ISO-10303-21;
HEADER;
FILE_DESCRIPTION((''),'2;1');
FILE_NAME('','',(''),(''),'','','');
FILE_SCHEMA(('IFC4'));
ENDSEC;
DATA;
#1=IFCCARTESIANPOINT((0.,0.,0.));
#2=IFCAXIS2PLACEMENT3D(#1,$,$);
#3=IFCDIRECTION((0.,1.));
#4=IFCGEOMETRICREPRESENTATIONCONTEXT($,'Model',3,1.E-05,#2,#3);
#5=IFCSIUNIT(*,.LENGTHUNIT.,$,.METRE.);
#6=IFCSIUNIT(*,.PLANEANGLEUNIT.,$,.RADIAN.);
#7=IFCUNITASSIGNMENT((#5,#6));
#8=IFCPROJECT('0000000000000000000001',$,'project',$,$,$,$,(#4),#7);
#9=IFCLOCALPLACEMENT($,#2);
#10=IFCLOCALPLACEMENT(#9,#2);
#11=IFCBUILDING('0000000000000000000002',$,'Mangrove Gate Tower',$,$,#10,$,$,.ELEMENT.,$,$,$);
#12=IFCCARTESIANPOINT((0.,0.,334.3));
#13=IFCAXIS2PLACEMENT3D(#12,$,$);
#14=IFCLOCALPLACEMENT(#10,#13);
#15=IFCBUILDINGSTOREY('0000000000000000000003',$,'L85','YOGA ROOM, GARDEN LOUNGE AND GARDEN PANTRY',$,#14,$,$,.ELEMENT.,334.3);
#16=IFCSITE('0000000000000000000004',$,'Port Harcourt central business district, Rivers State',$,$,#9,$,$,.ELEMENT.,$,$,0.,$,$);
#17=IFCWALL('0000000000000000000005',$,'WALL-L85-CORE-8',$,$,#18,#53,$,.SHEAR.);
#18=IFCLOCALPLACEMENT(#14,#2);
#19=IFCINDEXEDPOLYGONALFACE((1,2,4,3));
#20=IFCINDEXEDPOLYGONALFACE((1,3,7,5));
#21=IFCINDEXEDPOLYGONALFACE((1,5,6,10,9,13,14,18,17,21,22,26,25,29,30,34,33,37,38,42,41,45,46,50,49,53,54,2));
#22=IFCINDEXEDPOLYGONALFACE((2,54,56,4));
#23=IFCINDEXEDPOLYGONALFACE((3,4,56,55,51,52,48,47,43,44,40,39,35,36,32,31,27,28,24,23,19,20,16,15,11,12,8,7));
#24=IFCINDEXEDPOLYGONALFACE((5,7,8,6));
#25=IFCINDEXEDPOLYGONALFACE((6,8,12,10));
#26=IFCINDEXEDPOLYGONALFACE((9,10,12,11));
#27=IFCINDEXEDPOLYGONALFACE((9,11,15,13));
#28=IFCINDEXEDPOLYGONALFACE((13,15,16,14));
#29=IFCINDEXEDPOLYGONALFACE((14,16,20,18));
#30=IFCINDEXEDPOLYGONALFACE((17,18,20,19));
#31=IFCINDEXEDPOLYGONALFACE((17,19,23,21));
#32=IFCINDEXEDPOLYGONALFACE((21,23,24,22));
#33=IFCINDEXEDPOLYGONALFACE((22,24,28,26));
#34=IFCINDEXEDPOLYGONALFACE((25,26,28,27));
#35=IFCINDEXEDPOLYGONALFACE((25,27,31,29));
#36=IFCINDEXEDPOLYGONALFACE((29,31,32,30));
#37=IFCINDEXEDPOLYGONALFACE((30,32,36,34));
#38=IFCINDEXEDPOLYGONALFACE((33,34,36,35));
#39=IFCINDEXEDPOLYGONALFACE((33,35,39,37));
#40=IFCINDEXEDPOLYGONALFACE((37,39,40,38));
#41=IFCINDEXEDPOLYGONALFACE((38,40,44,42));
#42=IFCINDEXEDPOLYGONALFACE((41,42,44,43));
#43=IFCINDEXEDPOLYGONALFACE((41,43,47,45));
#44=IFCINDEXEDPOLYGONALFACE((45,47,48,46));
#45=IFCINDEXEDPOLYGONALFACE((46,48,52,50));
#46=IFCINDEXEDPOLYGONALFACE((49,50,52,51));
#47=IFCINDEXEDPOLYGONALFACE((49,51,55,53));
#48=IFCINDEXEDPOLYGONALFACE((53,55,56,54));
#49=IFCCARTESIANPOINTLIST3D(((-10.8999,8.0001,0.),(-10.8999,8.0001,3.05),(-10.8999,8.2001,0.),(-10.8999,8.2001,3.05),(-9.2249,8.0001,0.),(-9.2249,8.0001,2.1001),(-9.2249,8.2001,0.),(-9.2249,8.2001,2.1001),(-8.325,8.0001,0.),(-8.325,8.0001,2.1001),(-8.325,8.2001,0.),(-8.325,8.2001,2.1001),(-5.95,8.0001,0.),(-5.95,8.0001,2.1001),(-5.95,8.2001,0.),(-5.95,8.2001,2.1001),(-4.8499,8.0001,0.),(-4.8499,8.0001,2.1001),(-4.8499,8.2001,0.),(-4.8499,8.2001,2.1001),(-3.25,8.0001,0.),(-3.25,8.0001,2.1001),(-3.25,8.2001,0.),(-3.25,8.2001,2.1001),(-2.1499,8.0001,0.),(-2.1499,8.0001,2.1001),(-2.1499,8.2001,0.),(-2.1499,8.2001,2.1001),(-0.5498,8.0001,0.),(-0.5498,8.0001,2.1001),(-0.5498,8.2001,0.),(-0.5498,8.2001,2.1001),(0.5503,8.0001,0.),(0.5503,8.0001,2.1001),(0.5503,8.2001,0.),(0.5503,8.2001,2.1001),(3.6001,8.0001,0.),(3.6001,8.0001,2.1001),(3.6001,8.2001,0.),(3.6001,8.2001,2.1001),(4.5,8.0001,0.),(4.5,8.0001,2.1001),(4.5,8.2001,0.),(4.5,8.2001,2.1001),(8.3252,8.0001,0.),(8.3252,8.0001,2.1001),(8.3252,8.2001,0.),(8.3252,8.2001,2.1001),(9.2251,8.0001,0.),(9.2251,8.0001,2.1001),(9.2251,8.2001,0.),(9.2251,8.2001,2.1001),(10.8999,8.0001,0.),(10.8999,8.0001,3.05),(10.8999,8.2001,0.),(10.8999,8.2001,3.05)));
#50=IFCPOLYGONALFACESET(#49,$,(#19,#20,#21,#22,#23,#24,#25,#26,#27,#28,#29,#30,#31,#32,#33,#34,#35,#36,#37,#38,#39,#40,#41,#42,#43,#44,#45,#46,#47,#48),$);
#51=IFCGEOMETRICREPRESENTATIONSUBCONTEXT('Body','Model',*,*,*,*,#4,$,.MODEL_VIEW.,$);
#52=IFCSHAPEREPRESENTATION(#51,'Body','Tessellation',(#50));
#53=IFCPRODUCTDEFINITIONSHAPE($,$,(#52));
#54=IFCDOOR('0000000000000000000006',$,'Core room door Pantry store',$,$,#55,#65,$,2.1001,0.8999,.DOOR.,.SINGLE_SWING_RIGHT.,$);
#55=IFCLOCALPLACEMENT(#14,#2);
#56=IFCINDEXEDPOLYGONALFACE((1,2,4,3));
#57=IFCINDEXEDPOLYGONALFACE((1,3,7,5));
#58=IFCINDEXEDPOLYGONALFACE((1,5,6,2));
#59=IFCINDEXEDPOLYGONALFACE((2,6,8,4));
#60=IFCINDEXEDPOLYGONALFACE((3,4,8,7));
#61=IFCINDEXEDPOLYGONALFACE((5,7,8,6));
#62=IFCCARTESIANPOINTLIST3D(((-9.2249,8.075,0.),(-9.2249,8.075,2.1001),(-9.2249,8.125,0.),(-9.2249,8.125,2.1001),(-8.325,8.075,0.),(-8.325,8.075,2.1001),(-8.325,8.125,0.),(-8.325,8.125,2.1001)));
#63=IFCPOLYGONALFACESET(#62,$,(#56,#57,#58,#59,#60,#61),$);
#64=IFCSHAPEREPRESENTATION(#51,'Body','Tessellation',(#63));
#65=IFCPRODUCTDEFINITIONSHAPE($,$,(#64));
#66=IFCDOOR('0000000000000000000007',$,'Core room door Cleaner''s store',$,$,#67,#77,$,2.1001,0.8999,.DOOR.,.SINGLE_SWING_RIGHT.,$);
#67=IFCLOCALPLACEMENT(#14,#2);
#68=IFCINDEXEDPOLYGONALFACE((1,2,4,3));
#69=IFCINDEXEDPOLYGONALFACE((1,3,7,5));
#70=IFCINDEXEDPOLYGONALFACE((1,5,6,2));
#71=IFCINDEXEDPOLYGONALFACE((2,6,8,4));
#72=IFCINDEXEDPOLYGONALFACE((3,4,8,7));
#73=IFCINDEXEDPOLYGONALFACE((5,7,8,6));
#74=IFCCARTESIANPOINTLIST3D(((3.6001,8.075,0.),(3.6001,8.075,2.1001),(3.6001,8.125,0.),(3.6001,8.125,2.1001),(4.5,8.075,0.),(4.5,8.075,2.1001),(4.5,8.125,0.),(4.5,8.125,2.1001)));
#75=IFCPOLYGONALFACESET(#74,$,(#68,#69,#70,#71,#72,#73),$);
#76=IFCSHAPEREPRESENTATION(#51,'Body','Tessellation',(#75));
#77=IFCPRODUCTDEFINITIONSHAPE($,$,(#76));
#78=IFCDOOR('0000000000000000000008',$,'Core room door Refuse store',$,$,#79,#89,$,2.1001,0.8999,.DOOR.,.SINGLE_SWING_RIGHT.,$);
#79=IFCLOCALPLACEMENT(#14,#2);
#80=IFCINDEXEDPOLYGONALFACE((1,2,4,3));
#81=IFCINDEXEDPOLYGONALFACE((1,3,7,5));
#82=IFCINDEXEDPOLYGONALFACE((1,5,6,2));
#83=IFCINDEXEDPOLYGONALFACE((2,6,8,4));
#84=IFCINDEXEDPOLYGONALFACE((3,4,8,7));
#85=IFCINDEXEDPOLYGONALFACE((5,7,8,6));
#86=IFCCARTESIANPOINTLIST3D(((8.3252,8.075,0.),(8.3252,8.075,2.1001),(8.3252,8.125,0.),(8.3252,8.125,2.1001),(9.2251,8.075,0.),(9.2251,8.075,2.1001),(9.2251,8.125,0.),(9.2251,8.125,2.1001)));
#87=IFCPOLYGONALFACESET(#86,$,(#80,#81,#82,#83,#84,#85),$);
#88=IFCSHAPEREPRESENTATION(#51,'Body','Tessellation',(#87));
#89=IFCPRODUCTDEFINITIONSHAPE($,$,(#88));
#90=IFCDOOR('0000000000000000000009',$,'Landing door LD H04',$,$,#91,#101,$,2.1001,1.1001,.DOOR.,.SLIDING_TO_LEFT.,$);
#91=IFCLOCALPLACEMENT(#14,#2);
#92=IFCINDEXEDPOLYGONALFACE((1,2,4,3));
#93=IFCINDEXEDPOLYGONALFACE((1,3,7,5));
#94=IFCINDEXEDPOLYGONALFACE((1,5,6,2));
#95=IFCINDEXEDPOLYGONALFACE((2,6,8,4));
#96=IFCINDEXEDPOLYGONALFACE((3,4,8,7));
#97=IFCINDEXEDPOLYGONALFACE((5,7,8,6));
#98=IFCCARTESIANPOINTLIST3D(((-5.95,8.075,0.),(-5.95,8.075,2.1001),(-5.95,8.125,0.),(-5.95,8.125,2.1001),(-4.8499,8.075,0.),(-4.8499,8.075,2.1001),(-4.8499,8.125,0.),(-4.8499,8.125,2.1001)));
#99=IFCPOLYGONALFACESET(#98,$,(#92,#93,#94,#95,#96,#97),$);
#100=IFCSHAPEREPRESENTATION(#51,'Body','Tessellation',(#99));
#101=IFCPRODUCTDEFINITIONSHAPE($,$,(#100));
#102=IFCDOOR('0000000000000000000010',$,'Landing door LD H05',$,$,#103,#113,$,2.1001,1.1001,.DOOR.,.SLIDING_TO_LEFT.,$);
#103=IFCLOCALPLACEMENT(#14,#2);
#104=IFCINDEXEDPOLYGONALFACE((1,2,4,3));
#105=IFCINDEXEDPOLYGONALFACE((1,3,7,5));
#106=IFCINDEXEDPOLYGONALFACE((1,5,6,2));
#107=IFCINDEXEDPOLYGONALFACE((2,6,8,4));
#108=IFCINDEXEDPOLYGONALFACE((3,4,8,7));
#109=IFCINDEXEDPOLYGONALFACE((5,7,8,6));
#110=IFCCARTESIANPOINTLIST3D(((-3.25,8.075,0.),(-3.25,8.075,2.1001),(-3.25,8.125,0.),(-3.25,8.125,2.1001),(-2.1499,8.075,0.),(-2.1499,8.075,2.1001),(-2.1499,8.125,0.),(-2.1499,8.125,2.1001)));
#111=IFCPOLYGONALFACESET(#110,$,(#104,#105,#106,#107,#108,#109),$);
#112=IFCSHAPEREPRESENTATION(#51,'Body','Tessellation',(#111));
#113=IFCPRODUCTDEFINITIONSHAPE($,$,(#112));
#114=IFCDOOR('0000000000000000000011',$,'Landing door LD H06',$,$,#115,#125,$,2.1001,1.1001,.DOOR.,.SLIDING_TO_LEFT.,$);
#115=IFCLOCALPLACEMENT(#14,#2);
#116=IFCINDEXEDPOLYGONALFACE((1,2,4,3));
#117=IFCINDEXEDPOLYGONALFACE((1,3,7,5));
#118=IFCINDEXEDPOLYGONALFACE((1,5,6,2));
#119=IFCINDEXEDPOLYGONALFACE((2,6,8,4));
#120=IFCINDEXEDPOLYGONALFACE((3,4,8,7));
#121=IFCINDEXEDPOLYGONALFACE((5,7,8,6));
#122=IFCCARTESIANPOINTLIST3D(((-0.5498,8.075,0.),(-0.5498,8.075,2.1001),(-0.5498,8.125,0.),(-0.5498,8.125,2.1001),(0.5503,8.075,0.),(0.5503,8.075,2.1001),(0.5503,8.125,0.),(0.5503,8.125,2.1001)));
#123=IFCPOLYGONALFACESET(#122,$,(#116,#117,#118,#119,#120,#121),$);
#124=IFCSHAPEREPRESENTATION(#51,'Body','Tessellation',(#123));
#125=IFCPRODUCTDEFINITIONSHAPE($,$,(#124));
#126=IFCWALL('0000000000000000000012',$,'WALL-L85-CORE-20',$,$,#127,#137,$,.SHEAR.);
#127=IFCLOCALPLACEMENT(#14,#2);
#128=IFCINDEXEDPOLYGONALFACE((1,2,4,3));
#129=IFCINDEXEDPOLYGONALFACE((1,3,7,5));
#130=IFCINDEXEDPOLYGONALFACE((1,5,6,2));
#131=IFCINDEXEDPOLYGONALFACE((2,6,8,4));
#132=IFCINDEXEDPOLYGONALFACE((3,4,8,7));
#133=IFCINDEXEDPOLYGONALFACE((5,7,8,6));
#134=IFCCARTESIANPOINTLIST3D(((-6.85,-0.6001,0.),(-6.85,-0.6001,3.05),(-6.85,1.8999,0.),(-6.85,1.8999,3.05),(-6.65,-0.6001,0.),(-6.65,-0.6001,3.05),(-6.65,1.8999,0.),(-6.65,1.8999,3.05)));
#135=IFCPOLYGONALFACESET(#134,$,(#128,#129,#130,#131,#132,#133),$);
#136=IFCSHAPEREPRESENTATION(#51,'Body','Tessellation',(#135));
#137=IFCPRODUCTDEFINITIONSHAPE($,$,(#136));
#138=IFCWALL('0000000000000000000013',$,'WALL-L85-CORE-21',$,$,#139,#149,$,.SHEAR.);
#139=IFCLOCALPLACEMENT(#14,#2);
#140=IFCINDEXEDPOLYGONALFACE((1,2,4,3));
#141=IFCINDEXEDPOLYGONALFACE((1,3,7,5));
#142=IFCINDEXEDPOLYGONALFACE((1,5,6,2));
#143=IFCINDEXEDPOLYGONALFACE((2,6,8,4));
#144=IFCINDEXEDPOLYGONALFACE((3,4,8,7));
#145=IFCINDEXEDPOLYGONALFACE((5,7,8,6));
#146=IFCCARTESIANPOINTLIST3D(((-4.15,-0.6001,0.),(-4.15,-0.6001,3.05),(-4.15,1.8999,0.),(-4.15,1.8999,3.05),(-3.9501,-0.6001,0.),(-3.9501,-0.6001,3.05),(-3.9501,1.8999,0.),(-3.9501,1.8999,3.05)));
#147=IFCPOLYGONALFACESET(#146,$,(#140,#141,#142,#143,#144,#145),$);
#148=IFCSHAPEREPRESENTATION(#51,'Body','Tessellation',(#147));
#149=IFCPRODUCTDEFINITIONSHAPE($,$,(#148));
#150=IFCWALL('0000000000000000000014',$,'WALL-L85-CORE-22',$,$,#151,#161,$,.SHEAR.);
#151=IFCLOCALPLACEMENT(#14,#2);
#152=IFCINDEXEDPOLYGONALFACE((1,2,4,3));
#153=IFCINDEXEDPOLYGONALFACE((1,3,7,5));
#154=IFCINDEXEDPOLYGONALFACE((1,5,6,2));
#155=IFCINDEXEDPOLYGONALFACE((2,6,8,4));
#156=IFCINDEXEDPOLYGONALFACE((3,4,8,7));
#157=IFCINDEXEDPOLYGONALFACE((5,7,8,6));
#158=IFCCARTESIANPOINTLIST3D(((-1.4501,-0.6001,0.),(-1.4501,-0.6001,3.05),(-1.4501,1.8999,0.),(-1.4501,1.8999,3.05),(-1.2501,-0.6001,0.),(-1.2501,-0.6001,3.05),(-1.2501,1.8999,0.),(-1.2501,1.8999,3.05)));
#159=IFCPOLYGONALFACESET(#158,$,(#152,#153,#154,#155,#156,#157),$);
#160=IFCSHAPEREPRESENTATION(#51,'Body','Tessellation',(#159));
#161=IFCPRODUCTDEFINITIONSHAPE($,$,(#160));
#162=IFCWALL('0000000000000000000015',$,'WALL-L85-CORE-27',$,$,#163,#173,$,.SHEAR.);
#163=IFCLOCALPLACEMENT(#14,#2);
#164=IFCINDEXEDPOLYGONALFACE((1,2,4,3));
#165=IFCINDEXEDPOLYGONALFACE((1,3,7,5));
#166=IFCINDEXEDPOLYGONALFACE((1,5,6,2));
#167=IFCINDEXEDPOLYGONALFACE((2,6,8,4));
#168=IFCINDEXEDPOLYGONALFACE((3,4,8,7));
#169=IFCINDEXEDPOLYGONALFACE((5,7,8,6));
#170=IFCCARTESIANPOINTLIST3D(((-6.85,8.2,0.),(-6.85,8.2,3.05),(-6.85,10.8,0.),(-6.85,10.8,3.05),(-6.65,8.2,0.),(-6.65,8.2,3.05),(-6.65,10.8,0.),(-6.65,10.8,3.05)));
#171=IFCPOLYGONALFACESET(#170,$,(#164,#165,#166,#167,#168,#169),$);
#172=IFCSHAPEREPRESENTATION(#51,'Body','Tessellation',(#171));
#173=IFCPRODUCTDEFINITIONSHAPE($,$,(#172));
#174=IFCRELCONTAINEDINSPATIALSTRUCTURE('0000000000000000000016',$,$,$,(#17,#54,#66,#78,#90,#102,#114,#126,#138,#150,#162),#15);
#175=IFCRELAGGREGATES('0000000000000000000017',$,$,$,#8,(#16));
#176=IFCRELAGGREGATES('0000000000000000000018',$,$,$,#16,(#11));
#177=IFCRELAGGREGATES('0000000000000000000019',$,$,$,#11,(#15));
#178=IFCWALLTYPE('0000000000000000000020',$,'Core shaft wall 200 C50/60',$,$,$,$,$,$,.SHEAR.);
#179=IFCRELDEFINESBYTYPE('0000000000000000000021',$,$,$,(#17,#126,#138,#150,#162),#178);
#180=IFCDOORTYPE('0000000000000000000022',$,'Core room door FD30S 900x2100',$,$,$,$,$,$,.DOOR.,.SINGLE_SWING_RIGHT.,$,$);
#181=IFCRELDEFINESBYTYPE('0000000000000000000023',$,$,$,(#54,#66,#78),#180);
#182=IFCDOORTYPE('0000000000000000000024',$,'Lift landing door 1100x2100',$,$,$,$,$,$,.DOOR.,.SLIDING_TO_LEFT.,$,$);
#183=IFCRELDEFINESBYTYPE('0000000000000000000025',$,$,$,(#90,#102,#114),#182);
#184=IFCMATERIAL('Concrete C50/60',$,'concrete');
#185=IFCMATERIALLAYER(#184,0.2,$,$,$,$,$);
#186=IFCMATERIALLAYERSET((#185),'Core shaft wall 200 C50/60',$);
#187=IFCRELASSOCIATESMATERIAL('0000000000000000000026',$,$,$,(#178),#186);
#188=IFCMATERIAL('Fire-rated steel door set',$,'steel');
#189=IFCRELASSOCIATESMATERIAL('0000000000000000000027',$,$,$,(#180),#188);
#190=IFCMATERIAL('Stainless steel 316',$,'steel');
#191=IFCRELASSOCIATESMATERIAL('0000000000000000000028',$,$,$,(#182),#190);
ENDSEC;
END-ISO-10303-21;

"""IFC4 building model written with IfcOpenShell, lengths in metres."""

from ifc_helpers import new_model, si_unit, direction, frame, frame_2d, origin, place, context, subcontext, project, spatial, rectangle, extrude, material, layer, layer_set, type_object, element, fill, save


model = new_model("IFC4")

# Units and contexts
model_context = context("Model", 3, precision=1e-05, world=origin(), true_north=direction((0.0, 1.0)))
body_context = subcontext(model_context, "Body", "Model", "MODEL_VIEW")
ifc_project = project(units=[si_unit("LENGTHUNIT", "METRE"), si_unit("PLANEANGLEUNIT", "RADIAN")], contexts=[model_context])

# Site, building, storey
site_placement = place(None, origin())
site = spatial("IfcSite", under=ifc_project, at=site_placement, Name="Port Harcourt central business district, Rivers State", CompositionType="ELEMENT", RefElevation=0.0)
building_placement = place(site_placement, origin())
building = spatial("IfcBuilding", under=site, at=building_placement, Name="Mangrove Gate Tower", CompositionType="ELEMENT")
storey_placement = place(building_placement, frame((0.0, 0.0, 334.3)))
storey = spatial("IfcBuildingStorey", under=building, at=storey_placement, Name="L85", Description="YOGA ROOM, GARDEN LOUNGE AND GARDEN PANTRY", CompositionType="ELEMENT", Elevation=334.3)

# Shared definitions
ifc_material_1 = material(Name="Concrete C50/60", Category="concrete")
ifc_layer_1 = layer(ifc_material_1, 0.2)
ifc_layer_set_1 = layer_set([ifc_layer_1], Name="Core shaft wall 200 C50/60")
wall_type_1 = type_object("IfcWallType", Name="Core shaft wall 200 C50/60", PredefinedType="SHEAR", material=ifc_layer_set_1)

# Wall, openings, doors
ifc_material_2 = material(Name="Fire-rated steel door set", Category="steel")
door_type_1 = type_object("IfcDoorType", Name="Core room door FD30S 900x2100", OperationType="SINGLE_SWING_RIGHT", PredefinedType="DOOR", material=ifc_material_2)
ifc_material_3 = material(Name="Stainless steel 316", Category="steel")
door_type_2 = type_object("IfcDoorType", Name="Lift landing door 1100x2100", OperationType="SLIDING_TO_LEFT", PredefinedType="DOOR", material=ifc_material_3)
wall_1_placement = place(storey_placement, frame((-10.8999, 8.1001, 0.0), z_axis=(0.0, 0.0, 1.0), x_axis=(1.0, 0.0, 0.0)))
wall_1 = element("IfcWall", 1, at=wall_1_placement, inside=storey, type_object=wall_type_1, Name="WALL-L85-CORE-8", PredefinedType="SHEAR", context=body_context, shape_type="SweptSolid", body=[
    extrude(rectangle(XDim=21.7998, YDim=0.2, at=frame_2d((10.8999, 0.0))), origin(), (0.0, 0.0, 1.0), 3.05),
])
opening_1_placement = place(wall_1_placement, frame((4.95, 0.0, 0.0)))
opening_1 = element("IfcOpeningElement", 2, at=opening_1_placement, cuts=wall_1, PredefinedType="OPENING", context=body_context, shape_type="SweptSolid", body=[
    extrude(rectangle(XDim=1.1001, YDim=2.1001, at=frame_2d((0.55, 1.05))), frame((0.0, 0.1099, 0.0), z_axis=(0.0, -1.0, 0.0), x_axis=(1.0, 0.0, 0.0)), (0.0, 0.0, 1.0), 0.22),
])
opening_2_placement = place(wall_1_placement, frame((7.6499, 0.0, 0.0)))
opening_2 = element("IfcOpeningElement", 3, at=opening_2_placement, cuts=wall_1, PredefinedType="OPENING", context=body_context, shape_type="SweptSolid", body=[
    extrude(rectangle(XDim=1.1001, YDim=2.1001, at=frame_2d((0.55, 1.05))), frame((0.0, 0.1099, 0.0), z_axis=(0.0, -1.0, 0.0), x_axis=(1.0, 0.0, 0.0)), (0.0, 0.0, 1.0), 0.22),
])
opening_3_placement = place(wall_1_placement, frame((10.3501, 0.0, 0.0)))
opening_3 = element("IfcOpeningElement", 4, at=opening_3_placement, cuts=wall_1, PredefinedType="OPENING", context=body_context, shape_type="SweptSolid", body=[
    extrude(rectangle(XDim=1.1001, YDim=2.1001, at=frame_2d((0.55, 1.05))), frame((0.0, 0.1099, 0.0), z_axis=(0.0, -1.0, 0.0), x_axis=(1.0, 0.0, 0.0)), (0.0, 0.0, 1.0), 0.22),
])
opening_4_placement = place(wall_1_placement, frame((1.675, 0.0, 0.0)))
opening_4 = element("IfcOpeningElement", 5, at=opening_4_placement, cuts=wall_1, PredefinedType="OPENING", context=body_context, shape_type="SweptSolid", body=[
    extrude(rectangle(XDim=0.8999, YDim=2.1001, at=frame_2d((0.45, 1.05))), frame((0.0, 0.1099, 0.0), z_axis=(0.0, -1.0, 0.0), x_axis=(1.0, 0.0, 0.0)), (0.0, 0.0, 1.0), 0.22),
])
opening_5_placement = place(wall_1_placement, frame((14.5, 0.0, 0.0)))
opening_5 = element("IfcOpeningElement", 6, at=opening_5_placement, cuts=wall_1, PredefinedType="OPENING", context=body_context, shape_type="SweptSolid", body=[
    extrude(rectangle(XDim=0.8999, YDim=2.1001, at=frame_2d((0.45, 1.05))), frame((0.0, 0.1099, 0.0), z_axis=(0.0, -1.0, 0.0), x_axis=(1.0, 0.0, 0.0)), (0.0, 0.0, 1.0), 0.22),
])
opening_6_placement = place(wall_1_placement, frame((19.2251, 0.0, 0.0)))
opening_6 = element("IfcOpeningElement", 7, at=opening_6_placement, cuts=wall_1, PredefinedType="OPENING", context=body_context, shape_type="SweptSolid", body=[
    extrude(rectangle(XDim=0.8999, YDim=2.1001, at=frame_2d((0.45, 1.05))), frame((0.0, 0.1099, 0.0), z_axis=(0.0, -1.0, 0.0), x_axis=(1.0, 0.0, 0.0)), (0.0, 0.0, 1.0), 0.22),
])
door_1_placement = place(opening_4_placement, origin())
door_1 = element("IfcDoor", 8, at=door_1_placement, inside=storey, type_object=door_type_1, Name="Core room door Pantry store", OperationType="SINGLE_SWING_RIGHT", OverallHeight=2.1001, OverallWidth=0.8999, PredefinedType="DOOR", context=body_context, shape_type="SweptSolid", body=[
    extrude(rectangle(XDim=0.8999, YDim=2.1001, at=frame_2d((0.45, 1.05))), frame((0.0, 0.0249, 0.0), z_axis=(0.0, -1.0, 0.0), x_axis=(1.0, 0.0, 0.0)), (0.0, 0.0, 1.0), 0.05),
])
fill(opening_4, door_1)
door_2_placement = place(opening_5_placement, origin())
door_2 = element("IfcDoor", 9, at=door_2_placement, inside=storey, type_object=door_type_1, Name="Core room door Cleaner's store", OperationType="SINGLE_SWING_RIGHT", OverallHeight=2.1001, OverallWidth=0.8999, PredefinedType="DOOR", context=body_context, shape_type="SweptSolid", body=[
    extrude(rectangle(XDim=0.8999, YDim=2.1001, at=frame_2d((0.45, 1.05))), frame((0.0, 0.0249, 0.0), z_axis=(0.0, -1.0, 0.0), x_axis=(1.0, 0.0, 0.0)), (0.0, 0.0, 1.0), 0.05),
])
fill(opening_5, door_2)
door_3_placement = place(opening_6_placement, origin())
door_3 = element("IfcDoor", 10, at=door_3_placement, inside=storey, type_object=door_type_1, Name="Core room door Refuse store", OperationType="SINGLE_SWING_RIGHT", OverallHeight=2.1001, OverallWidth=0.8999, PredefinedType="DOOR", context=body_context, shape_type="SweptSolid", body=[
    extrude(rectangle(XDim=0.8999, YDim=2.1001, at=frame_2d((0.45, 1.05))), frame((0.0, 0.0249, 0.0), z_axis=(0.0, -1.0, 0.0), x_axis=(1.0, 0.0, 0.0)), (0.0, 0.0, 1.0), 0.05),
])
fill(opening_6, door_3)
door_4_placement = place(opening_1_placement, origin())
door_4 = element("IfcDoor", 11, at=door_4_placement, inside=storey, type_object=door_type_2, Name="Landing door LD H04", OperationType="SLIDING_TO_LEFT", OverallHeight=2.1001, OverallWidth=1.1001, PredefinedType="DOOR", context=body_context, shape_type="SweptSolid", body=[
    extrude(rectangle(XDim=1.1001, YDim=2.1001, at=frame_2d((0.55, 1.05))), frame((0.0, 0.0249, 0.0), z_axis=(0.0, -1.0, 0.0), x_axis=(1.0, 0.0, 0.0)), (0.0, 0.0, 1.0), 0.05),
])
fill(opening_1, door_4)
door_5_placement = place(opening_2_placement, origin())
door_5 = element("IfcDoor", 12, at=door_5_placement, inside=storey, type_object=door_type_2, Name="Landing door LD H05", OperationType="SLIDING_TO_LEFT", OverallHeight=2.1001, OverallWidth=1.1001, PredefinedType="DOOR", context=body_context, shape_type="SweptSolid", body=[
    extrude(rectangle(XDim=1.1001, YDim=2.1001, at=frame_2d((0.55, 1.05))), frame((0.0, 0.0249, 0.0), z_axis=(0.0, -1.0, 0.0), x_axis=(1.0, 0.0, 0.0)), (0.0, 0.0, 1.0), 0.05),
])
fill(opening_2, door_5)
door_6_placement = place(opening_3_placement, origin())
door_6 = element("IfcDoor", 13, at=door_6_placement, inside=storey, type_object=door_type_2, Name="Landing door LD H06", OperationType="SLIDING_TO_LEFT", OverallHeight=2.1001, OverallWidth=1.1001, PredefinedType="DOOR", context=body_context, shape_type="SweptSolid", body=[
    extrude(rectangle(XDim=1.1001, YDim=2.1001, at=frame_2d((0.55, 1.05))), frame((0.0, 0.0249, 0.0), z_axis=(0.0, -1.0, 0.0), x_axis=(1.0, 0.0, 0.0)), (0.0, 0.0, 1.0), 0.05),
])
fill(opening_3, door_6)

# Walls
for number, where, z_axis, x_axis, name in (
    (14, (-6.75, -0.6001, 0.0), (0.0, 0.0, 1.0), (0.0, 1.0, 0.0), "WALL-L85-CORE-20"),
    (15, (-4.05, -0.6001, 0.0), (0.0, 0.0, 1.0), (0.0, 1.0, 0.0), "WALL-L85-CORE-21"),
    (16, (-1.3501, -0.6001, 0.0), (0.0, 0.0, 1.0), (0.0, 1.0, 0.0), "WALL-L85-CORE-22"),
):
    element("IfcWall", number, at=place(storey_placement, frame(where, z_axis=z_axis, x_axis=x_axis)), inside=storey, type_object=wall_type_1, Name=name, PredefinedType="SHEAR", context=body_context, shape_type="SweptSolid", body=[
        extrude(rectangle(XDim=2.5, YDim=0.2, at=frame_2d((1.25, 0.0))), origin(), (0.0, 0.0, 1.0), 3.05),
    ])
for number, where, z_axis, x_axis, name in (
    (17, (-6.75, 8.2, 0.0), (0.0, 0.0, 1.0), (0.0, 1.0, 0.0), "WALL-L85-CORE-27"),
):
    element("IfcWall", number, at=place(storey_placement, frame(where, z_axis=z_axis, x_axis=x_axis)), inside=storey, type_object=wall_type_1, Name=name, PredefinedType="SHEAR", context=body_context, shape_type="SweptSolid", body=[
        extrude(rectangle(XDim=2.6001, YDim=0.2, at=frame_2d((1.3, 0.0))), origin(), (0.0, 0.0, 1.0), 3.05),
    ])

save(model, "model.ifc")
